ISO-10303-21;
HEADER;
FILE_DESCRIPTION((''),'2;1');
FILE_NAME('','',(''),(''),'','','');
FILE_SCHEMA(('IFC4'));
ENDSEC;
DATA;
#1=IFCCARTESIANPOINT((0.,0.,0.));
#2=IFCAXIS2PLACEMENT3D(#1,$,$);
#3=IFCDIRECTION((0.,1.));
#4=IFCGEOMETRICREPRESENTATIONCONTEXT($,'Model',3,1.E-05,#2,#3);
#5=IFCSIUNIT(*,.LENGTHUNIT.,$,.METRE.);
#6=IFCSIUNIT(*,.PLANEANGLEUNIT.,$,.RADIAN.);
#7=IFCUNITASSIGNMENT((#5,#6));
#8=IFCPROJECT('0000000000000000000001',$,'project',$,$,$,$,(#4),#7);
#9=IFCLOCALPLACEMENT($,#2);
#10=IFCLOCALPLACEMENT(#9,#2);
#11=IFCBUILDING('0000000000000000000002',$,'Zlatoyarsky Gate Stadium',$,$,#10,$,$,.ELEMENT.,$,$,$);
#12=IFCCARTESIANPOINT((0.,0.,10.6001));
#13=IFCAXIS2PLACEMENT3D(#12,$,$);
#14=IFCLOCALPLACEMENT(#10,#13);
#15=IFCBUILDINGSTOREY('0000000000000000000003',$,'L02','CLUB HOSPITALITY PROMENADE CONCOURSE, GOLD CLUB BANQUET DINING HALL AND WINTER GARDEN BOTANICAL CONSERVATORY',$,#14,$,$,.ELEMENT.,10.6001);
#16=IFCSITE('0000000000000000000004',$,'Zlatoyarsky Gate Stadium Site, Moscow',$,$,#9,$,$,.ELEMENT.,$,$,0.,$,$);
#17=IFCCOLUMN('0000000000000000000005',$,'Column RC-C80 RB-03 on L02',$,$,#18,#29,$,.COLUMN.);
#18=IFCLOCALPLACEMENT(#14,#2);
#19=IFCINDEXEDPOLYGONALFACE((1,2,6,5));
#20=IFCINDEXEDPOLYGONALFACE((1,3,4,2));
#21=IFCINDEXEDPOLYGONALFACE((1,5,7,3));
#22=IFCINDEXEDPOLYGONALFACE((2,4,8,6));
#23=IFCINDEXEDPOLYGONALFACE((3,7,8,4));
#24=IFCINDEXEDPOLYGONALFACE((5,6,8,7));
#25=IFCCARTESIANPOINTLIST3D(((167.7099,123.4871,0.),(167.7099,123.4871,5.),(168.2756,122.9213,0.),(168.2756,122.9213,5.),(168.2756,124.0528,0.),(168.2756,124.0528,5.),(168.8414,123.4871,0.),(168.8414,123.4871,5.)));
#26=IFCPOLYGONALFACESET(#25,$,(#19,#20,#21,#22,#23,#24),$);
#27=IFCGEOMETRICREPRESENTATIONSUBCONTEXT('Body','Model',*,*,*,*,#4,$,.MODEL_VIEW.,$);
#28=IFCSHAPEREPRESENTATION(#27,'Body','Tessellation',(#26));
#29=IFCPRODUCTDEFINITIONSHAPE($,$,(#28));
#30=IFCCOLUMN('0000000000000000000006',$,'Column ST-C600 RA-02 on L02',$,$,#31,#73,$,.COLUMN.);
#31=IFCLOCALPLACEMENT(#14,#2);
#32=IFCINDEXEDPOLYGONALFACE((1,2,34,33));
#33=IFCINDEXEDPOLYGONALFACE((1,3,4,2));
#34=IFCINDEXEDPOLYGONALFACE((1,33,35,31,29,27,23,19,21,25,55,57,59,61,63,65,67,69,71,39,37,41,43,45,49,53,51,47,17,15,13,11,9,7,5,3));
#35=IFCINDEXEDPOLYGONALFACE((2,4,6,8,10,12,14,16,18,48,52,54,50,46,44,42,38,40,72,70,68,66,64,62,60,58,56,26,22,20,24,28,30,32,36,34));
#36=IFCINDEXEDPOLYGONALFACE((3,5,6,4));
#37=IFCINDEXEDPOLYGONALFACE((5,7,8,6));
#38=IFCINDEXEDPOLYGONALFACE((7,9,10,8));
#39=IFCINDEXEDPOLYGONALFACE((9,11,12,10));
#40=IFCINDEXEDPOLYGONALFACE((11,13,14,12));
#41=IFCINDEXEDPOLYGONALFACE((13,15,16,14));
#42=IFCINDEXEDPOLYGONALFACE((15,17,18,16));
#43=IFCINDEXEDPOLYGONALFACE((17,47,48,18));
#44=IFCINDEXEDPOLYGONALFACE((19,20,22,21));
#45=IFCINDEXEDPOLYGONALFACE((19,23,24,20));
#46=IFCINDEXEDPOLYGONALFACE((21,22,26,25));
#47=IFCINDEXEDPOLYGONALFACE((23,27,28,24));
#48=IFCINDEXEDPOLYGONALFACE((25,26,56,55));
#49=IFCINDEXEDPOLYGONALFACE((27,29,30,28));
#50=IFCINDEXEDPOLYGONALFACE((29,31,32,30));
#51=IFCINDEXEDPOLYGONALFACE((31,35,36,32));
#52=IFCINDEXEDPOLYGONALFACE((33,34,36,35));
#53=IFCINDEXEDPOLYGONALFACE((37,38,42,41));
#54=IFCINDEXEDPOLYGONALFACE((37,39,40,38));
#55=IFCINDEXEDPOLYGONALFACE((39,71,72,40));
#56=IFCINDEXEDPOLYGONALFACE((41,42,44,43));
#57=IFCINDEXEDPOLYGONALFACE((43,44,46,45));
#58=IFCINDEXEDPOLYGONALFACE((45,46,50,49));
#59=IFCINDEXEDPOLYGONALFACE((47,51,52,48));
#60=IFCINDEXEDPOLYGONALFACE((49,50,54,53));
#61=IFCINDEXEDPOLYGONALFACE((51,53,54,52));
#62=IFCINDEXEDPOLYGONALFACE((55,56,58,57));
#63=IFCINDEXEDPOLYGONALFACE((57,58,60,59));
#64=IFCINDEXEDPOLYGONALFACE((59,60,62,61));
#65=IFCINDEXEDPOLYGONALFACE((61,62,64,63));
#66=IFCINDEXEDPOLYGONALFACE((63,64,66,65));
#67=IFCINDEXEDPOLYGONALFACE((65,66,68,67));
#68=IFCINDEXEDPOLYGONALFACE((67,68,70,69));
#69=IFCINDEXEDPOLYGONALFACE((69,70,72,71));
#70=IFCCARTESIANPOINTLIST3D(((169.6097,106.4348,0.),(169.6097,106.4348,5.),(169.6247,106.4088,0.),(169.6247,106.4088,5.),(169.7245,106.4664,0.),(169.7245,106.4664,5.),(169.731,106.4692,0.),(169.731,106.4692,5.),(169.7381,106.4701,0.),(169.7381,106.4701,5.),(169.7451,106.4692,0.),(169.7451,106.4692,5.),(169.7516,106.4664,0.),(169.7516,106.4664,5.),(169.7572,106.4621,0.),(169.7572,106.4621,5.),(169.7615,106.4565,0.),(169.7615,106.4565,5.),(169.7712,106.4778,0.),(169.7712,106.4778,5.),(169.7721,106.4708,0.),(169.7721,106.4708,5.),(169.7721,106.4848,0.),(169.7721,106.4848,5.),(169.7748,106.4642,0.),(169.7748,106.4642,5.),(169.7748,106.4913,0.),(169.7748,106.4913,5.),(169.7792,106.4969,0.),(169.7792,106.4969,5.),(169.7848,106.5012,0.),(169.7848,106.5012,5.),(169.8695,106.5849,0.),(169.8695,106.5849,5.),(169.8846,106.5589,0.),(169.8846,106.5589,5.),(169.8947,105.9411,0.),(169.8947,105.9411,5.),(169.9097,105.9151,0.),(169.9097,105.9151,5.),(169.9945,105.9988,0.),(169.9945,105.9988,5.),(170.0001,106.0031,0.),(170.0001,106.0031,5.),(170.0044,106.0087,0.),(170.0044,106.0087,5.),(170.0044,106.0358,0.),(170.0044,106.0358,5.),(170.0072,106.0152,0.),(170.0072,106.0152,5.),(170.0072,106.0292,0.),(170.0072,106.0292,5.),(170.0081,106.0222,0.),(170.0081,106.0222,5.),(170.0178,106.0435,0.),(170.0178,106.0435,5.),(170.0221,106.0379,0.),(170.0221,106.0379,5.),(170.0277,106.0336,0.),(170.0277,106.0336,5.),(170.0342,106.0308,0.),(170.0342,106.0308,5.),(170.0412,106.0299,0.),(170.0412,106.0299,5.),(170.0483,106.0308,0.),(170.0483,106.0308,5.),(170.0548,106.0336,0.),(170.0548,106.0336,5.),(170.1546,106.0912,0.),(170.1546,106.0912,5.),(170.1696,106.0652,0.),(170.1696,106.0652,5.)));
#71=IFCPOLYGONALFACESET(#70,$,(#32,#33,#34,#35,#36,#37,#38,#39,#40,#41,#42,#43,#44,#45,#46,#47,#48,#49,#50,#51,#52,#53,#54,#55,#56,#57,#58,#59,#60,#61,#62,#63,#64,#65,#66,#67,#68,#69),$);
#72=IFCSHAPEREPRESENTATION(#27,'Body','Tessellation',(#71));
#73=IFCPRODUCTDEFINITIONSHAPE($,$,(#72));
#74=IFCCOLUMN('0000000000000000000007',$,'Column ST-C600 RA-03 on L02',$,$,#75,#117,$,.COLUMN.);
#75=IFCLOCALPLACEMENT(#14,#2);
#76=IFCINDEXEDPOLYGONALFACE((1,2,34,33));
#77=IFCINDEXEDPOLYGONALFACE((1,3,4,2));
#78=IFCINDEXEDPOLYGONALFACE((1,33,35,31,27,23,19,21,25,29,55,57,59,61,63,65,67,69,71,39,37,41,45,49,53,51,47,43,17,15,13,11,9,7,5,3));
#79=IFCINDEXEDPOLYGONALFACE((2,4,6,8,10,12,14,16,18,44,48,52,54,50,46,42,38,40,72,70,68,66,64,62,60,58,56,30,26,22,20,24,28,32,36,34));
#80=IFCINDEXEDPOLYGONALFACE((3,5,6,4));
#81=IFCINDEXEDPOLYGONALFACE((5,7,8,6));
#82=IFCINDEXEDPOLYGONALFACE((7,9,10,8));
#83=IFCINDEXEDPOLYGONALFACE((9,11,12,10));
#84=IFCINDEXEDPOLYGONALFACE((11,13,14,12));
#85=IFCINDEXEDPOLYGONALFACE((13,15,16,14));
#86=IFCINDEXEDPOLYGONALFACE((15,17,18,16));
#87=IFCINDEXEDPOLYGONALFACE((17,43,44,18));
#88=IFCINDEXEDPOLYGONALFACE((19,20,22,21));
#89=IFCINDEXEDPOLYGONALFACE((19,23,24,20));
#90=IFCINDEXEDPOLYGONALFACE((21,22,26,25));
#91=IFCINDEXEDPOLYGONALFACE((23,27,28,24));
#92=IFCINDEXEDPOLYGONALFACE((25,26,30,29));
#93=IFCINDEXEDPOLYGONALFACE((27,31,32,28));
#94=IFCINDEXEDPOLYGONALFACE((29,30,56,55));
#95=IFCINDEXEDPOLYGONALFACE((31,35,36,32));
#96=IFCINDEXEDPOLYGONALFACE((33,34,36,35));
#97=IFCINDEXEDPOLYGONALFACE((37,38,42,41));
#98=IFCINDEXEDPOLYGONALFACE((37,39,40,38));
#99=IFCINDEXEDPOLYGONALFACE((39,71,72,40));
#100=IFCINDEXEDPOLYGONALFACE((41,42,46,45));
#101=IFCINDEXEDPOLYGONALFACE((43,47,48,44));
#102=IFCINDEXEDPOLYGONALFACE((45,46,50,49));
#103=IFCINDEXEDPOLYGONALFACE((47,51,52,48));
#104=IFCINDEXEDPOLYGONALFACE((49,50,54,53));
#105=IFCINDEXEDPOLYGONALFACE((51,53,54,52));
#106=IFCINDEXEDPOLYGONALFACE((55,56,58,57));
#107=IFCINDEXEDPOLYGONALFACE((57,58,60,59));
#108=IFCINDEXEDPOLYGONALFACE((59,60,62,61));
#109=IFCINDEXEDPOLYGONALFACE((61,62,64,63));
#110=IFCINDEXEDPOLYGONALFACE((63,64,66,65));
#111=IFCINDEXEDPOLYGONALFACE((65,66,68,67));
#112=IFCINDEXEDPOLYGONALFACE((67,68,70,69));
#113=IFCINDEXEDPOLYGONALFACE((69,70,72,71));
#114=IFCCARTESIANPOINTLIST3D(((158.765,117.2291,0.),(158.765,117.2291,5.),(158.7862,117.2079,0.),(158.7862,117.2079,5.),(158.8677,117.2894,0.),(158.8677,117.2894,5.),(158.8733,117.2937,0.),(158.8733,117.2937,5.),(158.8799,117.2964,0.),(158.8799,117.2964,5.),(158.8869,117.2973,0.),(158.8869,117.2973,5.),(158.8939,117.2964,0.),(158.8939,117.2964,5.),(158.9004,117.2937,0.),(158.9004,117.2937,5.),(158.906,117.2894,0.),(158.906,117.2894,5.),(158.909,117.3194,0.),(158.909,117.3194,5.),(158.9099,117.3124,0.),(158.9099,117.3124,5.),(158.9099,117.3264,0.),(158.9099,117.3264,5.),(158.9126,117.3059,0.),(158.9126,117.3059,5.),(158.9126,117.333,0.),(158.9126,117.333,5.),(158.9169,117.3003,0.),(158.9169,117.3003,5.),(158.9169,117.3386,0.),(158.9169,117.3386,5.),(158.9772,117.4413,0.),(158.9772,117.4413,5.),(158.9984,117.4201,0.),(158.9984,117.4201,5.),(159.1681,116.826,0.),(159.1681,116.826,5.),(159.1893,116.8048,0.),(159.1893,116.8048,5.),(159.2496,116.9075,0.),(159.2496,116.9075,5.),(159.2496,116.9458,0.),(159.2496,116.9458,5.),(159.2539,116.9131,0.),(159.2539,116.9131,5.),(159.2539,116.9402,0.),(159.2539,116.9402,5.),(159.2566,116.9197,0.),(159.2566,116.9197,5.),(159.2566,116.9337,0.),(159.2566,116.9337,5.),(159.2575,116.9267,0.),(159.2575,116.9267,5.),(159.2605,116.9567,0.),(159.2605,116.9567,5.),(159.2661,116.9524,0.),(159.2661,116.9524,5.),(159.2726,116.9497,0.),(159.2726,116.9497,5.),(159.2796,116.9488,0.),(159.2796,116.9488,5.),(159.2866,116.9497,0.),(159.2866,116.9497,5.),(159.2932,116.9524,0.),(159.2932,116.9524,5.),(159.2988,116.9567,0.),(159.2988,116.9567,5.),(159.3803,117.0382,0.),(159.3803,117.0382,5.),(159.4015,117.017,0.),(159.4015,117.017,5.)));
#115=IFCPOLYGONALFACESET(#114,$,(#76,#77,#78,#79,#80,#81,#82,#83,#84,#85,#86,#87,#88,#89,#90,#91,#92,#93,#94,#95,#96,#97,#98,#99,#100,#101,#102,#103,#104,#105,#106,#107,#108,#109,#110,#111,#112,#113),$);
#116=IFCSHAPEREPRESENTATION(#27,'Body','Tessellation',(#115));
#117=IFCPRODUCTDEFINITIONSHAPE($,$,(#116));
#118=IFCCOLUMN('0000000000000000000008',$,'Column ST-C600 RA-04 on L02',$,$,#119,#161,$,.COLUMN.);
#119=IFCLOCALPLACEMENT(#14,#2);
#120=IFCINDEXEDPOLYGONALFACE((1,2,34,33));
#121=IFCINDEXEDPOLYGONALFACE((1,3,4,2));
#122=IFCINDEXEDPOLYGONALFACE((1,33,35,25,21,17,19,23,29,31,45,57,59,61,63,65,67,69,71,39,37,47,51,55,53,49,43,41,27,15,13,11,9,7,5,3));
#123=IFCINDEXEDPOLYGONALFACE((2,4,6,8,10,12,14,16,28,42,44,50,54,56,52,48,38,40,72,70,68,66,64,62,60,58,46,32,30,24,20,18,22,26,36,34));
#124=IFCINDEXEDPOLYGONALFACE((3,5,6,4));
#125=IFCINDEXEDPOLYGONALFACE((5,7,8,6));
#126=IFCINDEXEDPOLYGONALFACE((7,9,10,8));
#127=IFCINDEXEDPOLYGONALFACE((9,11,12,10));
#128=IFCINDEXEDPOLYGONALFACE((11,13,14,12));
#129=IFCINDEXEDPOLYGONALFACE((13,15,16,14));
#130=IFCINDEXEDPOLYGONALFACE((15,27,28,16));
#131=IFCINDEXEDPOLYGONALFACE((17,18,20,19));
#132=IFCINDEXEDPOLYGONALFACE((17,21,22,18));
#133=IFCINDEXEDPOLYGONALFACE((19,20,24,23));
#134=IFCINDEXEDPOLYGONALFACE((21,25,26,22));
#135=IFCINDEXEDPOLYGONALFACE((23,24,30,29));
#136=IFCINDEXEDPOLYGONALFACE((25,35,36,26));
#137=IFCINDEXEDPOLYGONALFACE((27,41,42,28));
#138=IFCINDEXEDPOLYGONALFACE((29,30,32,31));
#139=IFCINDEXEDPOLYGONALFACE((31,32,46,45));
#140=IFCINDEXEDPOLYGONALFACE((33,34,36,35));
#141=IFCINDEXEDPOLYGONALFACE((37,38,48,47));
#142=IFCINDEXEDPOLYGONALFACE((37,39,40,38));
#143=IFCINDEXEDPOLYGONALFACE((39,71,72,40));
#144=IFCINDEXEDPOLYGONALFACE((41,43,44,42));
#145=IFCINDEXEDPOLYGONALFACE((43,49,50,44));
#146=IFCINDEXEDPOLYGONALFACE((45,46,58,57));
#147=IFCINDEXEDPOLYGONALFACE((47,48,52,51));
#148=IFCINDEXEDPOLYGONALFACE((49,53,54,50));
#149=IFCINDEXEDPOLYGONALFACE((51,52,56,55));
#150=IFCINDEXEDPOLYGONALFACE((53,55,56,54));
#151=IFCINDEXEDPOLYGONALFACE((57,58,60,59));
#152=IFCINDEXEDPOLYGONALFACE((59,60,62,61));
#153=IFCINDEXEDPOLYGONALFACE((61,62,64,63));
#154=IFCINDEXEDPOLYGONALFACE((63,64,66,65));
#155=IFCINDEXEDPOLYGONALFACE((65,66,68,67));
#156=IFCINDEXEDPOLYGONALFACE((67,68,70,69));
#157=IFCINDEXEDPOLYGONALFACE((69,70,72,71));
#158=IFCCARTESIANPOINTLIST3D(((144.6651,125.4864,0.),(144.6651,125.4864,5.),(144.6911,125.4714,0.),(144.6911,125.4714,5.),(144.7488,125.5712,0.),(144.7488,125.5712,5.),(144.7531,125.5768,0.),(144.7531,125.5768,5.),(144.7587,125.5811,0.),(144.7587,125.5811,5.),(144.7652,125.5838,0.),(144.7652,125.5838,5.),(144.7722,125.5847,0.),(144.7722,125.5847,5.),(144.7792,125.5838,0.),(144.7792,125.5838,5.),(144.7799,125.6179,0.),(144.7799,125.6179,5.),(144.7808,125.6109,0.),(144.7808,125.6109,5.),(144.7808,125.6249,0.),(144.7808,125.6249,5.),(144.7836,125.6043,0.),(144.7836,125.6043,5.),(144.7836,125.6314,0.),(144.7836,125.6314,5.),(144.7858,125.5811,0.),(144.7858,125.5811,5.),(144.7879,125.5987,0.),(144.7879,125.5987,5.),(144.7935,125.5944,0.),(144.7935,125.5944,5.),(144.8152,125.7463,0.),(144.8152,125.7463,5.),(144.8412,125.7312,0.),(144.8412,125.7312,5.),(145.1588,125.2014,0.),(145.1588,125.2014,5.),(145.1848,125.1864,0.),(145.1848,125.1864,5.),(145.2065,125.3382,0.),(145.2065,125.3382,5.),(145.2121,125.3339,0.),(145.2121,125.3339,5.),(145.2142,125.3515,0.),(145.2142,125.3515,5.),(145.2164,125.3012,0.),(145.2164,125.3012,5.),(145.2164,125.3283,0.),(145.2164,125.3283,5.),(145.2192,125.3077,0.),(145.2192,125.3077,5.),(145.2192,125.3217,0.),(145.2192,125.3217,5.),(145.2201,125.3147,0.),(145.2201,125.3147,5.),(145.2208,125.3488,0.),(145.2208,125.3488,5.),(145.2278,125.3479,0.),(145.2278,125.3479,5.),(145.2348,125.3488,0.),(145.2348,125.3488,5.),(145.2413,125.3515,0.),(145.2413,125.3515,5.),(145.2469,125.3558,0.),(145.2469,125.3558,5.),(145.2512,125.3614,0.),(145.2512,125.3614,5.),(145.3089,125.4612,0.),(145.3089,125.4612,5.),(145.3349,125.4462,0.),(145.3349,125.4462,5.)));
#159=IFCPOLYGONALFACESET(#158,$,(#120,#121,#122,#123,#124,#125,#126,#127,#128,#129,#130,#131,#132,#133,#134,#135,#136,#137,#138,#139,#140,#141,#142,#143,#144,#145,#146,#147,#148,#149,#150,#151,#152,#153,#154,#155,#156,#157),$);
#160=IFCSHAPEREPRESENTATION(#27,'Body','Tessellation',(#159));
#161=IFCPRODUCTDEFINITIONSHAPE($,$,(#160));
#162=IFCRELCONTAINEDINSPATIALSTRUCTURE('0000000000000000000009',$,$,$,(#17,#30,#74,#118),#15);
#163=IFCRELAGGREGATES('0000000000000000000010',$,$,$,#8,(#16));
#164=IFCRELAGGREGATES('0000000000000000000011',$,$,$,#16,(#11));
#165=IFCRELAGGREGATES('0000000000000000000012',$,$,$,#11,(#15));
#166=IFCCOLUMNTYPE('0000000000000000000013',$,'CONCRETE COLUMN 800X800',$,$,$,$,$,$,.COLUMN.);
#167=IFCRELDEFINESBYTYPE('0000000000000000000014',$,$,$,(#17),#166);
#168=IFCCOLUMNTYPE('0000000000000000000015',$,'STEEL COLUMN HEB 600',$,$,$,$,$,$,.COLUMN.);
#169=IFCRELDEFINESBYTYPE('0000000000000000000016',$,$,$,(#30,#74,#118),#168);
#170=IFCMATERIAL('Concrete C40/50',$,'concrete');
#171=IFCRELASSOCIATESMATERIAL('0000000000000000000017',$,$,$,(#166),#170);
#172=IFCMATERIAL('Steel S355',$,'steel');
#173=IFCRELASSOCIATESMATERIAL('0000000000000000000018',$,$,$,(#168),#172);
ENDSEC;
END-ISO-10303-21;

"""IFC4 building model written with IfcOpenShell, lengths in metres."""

from ifc_helpers import new_model, si_unit, direction, frame, origin, origin_2d, place, context, subcontext, project, spatial, rectangle, i_section, extrude, material, material_profile, profile_set, type_object, element, save


model = new_model("IFC4")

# Units and contexts
model_context = context("Model", 3, precision=1e-05, world=origin(), true_north=direction((0.0, 1.0)))
body_context = subcontext(model_context, "Body", "Model", "MODEL_VIEW")
ifc_project = project(units=[si_unit("LENGTHUNIT", "METRE"), si_unit("PLANEANGLEUNIT", "RADIAN")], contexts=[model_context])

# Site, building, storey
site_placement = place(None, origin())
site = spatial("IfcSite", under=ifc_project, at=site_placement, Name="Zlatoyarsky Gate Stadium Site, Moscow", CompositionType="ELEMENT", RefElevation=0.0)
building_placement = place(site_placement, origin())
building = spatial("IfcBuilding", under=site, at=building_placement, Name="Zlatoyarsky Gate Stadium", CompositionType="ELEMENT")
storey_placement = place(building_placement, frame((0.0, 0.0, 10.6001)))
storey = spatial("IfcBuildingStorey", under=building, at=storey_placement, Name="L02", Description="CLUB HOSPITALITY PROMENADE CONCOURSE, GOLD CLUB BANQUET DINING HALL AND WINTER GARDEN BOTANICAL CONSERVATORY", CompositionType="ELEMENT", Elevation=10.6001)

# Columns
ifc_material_1 = material(Name="Concrete C40/50", Category="concrete")
ifc_material_profile_1 = material_profile(ifc_material_1, rectangle(XDim=0.8, YDim=0.8, at=origin_2d()), Name="RC COL 800X800")
ifc_profile_set_1 = profile_set([ifc_material_profile_1], Name="Concrete C40/50")
column_type_1 = type_object("IfcColumnType", Name="CONCRETE COLUMN 800X800", PredefinedType="COLUMN", material=ifc_profile_set_1)
column_placement = place(storey_placement, frame((168.2756, 123.4871, 0.0), z_axis=(0.0, 0.0, 1.0), x_axis=(0.707107, 0.707107, 0.0)))
element("IfcColumn", 1, at=column_placement, inside=storey, type_object=column_type_1, Name="Column RC-C80 RB-03 on L02", PredefinedType="COLUMN", context=body_context, shape_type="SweptSolid", body=[
    extrude(rectangle(XDim=0.8, YDim=0.8, at=origin_2d()), origin(), (0.0, 0.0, 1.0), 5.0),
])
ifc_material_2 = material(Name="Steel S355", Category="steel")
ifc_material_profile_2 = material_profile(ifc_material_2, i_section(OverallWidth=0.3, OverallDepth=0.6001, WebThickness=0.0154, FlangeThickness=0.03, FilletRadius=0.0271, at=origin_2d()), Name="HEB 600")
ifc_profile_set_2 = profile_set([ifc_material_profile_2], Name="Steel S355")
column_type_2 = type_object("IfcColumnType", Name="STEEL COLUMN HEB 600", PredefinedType="COLUMN", material=ifc_profile_set_2)
for number, where, z_axis, x_axis, name in (
    (2, (169.8896, 106.25, 0.0), (0.0, 0.0, 1.0), (0.866025, 0.5, 0.0), "Column ST-C600 RA-02 on L02"),
    (3, (159.0833, 117.123, 0.0), (0.0, 0.0, 1.0), (0.707107, 0.707107, 0.0), "Column ST-C600 RA-03 on L02"),
    (4, (145.0, 125.4663, 0.0), (0.0, 0.0, 1.0), (0.5, 0.866025, 0.0), "Column ST-C600 RA-04 on L02"),
):
    element("IfcColumn", number, at=place(storey_placement, frame(where, z_axis=z_axis, x_axis=x_axis)), inside=storey, type_object=column_type_2, Name=name, PredefinedType="COLUMN", context=body_context, shape_type="SweptSolid", body=[
        extrude(i_section(OverallWidth=0.3, OverallDepth=0.6001, WebThickness=0.0154, FlangeThickness=0.03, FilletRadius=0.0271, at=origin_2d()), origin(), (0.0, 0.0, 1.0), 5.0),
    ])

save(model, "model.ifc")
